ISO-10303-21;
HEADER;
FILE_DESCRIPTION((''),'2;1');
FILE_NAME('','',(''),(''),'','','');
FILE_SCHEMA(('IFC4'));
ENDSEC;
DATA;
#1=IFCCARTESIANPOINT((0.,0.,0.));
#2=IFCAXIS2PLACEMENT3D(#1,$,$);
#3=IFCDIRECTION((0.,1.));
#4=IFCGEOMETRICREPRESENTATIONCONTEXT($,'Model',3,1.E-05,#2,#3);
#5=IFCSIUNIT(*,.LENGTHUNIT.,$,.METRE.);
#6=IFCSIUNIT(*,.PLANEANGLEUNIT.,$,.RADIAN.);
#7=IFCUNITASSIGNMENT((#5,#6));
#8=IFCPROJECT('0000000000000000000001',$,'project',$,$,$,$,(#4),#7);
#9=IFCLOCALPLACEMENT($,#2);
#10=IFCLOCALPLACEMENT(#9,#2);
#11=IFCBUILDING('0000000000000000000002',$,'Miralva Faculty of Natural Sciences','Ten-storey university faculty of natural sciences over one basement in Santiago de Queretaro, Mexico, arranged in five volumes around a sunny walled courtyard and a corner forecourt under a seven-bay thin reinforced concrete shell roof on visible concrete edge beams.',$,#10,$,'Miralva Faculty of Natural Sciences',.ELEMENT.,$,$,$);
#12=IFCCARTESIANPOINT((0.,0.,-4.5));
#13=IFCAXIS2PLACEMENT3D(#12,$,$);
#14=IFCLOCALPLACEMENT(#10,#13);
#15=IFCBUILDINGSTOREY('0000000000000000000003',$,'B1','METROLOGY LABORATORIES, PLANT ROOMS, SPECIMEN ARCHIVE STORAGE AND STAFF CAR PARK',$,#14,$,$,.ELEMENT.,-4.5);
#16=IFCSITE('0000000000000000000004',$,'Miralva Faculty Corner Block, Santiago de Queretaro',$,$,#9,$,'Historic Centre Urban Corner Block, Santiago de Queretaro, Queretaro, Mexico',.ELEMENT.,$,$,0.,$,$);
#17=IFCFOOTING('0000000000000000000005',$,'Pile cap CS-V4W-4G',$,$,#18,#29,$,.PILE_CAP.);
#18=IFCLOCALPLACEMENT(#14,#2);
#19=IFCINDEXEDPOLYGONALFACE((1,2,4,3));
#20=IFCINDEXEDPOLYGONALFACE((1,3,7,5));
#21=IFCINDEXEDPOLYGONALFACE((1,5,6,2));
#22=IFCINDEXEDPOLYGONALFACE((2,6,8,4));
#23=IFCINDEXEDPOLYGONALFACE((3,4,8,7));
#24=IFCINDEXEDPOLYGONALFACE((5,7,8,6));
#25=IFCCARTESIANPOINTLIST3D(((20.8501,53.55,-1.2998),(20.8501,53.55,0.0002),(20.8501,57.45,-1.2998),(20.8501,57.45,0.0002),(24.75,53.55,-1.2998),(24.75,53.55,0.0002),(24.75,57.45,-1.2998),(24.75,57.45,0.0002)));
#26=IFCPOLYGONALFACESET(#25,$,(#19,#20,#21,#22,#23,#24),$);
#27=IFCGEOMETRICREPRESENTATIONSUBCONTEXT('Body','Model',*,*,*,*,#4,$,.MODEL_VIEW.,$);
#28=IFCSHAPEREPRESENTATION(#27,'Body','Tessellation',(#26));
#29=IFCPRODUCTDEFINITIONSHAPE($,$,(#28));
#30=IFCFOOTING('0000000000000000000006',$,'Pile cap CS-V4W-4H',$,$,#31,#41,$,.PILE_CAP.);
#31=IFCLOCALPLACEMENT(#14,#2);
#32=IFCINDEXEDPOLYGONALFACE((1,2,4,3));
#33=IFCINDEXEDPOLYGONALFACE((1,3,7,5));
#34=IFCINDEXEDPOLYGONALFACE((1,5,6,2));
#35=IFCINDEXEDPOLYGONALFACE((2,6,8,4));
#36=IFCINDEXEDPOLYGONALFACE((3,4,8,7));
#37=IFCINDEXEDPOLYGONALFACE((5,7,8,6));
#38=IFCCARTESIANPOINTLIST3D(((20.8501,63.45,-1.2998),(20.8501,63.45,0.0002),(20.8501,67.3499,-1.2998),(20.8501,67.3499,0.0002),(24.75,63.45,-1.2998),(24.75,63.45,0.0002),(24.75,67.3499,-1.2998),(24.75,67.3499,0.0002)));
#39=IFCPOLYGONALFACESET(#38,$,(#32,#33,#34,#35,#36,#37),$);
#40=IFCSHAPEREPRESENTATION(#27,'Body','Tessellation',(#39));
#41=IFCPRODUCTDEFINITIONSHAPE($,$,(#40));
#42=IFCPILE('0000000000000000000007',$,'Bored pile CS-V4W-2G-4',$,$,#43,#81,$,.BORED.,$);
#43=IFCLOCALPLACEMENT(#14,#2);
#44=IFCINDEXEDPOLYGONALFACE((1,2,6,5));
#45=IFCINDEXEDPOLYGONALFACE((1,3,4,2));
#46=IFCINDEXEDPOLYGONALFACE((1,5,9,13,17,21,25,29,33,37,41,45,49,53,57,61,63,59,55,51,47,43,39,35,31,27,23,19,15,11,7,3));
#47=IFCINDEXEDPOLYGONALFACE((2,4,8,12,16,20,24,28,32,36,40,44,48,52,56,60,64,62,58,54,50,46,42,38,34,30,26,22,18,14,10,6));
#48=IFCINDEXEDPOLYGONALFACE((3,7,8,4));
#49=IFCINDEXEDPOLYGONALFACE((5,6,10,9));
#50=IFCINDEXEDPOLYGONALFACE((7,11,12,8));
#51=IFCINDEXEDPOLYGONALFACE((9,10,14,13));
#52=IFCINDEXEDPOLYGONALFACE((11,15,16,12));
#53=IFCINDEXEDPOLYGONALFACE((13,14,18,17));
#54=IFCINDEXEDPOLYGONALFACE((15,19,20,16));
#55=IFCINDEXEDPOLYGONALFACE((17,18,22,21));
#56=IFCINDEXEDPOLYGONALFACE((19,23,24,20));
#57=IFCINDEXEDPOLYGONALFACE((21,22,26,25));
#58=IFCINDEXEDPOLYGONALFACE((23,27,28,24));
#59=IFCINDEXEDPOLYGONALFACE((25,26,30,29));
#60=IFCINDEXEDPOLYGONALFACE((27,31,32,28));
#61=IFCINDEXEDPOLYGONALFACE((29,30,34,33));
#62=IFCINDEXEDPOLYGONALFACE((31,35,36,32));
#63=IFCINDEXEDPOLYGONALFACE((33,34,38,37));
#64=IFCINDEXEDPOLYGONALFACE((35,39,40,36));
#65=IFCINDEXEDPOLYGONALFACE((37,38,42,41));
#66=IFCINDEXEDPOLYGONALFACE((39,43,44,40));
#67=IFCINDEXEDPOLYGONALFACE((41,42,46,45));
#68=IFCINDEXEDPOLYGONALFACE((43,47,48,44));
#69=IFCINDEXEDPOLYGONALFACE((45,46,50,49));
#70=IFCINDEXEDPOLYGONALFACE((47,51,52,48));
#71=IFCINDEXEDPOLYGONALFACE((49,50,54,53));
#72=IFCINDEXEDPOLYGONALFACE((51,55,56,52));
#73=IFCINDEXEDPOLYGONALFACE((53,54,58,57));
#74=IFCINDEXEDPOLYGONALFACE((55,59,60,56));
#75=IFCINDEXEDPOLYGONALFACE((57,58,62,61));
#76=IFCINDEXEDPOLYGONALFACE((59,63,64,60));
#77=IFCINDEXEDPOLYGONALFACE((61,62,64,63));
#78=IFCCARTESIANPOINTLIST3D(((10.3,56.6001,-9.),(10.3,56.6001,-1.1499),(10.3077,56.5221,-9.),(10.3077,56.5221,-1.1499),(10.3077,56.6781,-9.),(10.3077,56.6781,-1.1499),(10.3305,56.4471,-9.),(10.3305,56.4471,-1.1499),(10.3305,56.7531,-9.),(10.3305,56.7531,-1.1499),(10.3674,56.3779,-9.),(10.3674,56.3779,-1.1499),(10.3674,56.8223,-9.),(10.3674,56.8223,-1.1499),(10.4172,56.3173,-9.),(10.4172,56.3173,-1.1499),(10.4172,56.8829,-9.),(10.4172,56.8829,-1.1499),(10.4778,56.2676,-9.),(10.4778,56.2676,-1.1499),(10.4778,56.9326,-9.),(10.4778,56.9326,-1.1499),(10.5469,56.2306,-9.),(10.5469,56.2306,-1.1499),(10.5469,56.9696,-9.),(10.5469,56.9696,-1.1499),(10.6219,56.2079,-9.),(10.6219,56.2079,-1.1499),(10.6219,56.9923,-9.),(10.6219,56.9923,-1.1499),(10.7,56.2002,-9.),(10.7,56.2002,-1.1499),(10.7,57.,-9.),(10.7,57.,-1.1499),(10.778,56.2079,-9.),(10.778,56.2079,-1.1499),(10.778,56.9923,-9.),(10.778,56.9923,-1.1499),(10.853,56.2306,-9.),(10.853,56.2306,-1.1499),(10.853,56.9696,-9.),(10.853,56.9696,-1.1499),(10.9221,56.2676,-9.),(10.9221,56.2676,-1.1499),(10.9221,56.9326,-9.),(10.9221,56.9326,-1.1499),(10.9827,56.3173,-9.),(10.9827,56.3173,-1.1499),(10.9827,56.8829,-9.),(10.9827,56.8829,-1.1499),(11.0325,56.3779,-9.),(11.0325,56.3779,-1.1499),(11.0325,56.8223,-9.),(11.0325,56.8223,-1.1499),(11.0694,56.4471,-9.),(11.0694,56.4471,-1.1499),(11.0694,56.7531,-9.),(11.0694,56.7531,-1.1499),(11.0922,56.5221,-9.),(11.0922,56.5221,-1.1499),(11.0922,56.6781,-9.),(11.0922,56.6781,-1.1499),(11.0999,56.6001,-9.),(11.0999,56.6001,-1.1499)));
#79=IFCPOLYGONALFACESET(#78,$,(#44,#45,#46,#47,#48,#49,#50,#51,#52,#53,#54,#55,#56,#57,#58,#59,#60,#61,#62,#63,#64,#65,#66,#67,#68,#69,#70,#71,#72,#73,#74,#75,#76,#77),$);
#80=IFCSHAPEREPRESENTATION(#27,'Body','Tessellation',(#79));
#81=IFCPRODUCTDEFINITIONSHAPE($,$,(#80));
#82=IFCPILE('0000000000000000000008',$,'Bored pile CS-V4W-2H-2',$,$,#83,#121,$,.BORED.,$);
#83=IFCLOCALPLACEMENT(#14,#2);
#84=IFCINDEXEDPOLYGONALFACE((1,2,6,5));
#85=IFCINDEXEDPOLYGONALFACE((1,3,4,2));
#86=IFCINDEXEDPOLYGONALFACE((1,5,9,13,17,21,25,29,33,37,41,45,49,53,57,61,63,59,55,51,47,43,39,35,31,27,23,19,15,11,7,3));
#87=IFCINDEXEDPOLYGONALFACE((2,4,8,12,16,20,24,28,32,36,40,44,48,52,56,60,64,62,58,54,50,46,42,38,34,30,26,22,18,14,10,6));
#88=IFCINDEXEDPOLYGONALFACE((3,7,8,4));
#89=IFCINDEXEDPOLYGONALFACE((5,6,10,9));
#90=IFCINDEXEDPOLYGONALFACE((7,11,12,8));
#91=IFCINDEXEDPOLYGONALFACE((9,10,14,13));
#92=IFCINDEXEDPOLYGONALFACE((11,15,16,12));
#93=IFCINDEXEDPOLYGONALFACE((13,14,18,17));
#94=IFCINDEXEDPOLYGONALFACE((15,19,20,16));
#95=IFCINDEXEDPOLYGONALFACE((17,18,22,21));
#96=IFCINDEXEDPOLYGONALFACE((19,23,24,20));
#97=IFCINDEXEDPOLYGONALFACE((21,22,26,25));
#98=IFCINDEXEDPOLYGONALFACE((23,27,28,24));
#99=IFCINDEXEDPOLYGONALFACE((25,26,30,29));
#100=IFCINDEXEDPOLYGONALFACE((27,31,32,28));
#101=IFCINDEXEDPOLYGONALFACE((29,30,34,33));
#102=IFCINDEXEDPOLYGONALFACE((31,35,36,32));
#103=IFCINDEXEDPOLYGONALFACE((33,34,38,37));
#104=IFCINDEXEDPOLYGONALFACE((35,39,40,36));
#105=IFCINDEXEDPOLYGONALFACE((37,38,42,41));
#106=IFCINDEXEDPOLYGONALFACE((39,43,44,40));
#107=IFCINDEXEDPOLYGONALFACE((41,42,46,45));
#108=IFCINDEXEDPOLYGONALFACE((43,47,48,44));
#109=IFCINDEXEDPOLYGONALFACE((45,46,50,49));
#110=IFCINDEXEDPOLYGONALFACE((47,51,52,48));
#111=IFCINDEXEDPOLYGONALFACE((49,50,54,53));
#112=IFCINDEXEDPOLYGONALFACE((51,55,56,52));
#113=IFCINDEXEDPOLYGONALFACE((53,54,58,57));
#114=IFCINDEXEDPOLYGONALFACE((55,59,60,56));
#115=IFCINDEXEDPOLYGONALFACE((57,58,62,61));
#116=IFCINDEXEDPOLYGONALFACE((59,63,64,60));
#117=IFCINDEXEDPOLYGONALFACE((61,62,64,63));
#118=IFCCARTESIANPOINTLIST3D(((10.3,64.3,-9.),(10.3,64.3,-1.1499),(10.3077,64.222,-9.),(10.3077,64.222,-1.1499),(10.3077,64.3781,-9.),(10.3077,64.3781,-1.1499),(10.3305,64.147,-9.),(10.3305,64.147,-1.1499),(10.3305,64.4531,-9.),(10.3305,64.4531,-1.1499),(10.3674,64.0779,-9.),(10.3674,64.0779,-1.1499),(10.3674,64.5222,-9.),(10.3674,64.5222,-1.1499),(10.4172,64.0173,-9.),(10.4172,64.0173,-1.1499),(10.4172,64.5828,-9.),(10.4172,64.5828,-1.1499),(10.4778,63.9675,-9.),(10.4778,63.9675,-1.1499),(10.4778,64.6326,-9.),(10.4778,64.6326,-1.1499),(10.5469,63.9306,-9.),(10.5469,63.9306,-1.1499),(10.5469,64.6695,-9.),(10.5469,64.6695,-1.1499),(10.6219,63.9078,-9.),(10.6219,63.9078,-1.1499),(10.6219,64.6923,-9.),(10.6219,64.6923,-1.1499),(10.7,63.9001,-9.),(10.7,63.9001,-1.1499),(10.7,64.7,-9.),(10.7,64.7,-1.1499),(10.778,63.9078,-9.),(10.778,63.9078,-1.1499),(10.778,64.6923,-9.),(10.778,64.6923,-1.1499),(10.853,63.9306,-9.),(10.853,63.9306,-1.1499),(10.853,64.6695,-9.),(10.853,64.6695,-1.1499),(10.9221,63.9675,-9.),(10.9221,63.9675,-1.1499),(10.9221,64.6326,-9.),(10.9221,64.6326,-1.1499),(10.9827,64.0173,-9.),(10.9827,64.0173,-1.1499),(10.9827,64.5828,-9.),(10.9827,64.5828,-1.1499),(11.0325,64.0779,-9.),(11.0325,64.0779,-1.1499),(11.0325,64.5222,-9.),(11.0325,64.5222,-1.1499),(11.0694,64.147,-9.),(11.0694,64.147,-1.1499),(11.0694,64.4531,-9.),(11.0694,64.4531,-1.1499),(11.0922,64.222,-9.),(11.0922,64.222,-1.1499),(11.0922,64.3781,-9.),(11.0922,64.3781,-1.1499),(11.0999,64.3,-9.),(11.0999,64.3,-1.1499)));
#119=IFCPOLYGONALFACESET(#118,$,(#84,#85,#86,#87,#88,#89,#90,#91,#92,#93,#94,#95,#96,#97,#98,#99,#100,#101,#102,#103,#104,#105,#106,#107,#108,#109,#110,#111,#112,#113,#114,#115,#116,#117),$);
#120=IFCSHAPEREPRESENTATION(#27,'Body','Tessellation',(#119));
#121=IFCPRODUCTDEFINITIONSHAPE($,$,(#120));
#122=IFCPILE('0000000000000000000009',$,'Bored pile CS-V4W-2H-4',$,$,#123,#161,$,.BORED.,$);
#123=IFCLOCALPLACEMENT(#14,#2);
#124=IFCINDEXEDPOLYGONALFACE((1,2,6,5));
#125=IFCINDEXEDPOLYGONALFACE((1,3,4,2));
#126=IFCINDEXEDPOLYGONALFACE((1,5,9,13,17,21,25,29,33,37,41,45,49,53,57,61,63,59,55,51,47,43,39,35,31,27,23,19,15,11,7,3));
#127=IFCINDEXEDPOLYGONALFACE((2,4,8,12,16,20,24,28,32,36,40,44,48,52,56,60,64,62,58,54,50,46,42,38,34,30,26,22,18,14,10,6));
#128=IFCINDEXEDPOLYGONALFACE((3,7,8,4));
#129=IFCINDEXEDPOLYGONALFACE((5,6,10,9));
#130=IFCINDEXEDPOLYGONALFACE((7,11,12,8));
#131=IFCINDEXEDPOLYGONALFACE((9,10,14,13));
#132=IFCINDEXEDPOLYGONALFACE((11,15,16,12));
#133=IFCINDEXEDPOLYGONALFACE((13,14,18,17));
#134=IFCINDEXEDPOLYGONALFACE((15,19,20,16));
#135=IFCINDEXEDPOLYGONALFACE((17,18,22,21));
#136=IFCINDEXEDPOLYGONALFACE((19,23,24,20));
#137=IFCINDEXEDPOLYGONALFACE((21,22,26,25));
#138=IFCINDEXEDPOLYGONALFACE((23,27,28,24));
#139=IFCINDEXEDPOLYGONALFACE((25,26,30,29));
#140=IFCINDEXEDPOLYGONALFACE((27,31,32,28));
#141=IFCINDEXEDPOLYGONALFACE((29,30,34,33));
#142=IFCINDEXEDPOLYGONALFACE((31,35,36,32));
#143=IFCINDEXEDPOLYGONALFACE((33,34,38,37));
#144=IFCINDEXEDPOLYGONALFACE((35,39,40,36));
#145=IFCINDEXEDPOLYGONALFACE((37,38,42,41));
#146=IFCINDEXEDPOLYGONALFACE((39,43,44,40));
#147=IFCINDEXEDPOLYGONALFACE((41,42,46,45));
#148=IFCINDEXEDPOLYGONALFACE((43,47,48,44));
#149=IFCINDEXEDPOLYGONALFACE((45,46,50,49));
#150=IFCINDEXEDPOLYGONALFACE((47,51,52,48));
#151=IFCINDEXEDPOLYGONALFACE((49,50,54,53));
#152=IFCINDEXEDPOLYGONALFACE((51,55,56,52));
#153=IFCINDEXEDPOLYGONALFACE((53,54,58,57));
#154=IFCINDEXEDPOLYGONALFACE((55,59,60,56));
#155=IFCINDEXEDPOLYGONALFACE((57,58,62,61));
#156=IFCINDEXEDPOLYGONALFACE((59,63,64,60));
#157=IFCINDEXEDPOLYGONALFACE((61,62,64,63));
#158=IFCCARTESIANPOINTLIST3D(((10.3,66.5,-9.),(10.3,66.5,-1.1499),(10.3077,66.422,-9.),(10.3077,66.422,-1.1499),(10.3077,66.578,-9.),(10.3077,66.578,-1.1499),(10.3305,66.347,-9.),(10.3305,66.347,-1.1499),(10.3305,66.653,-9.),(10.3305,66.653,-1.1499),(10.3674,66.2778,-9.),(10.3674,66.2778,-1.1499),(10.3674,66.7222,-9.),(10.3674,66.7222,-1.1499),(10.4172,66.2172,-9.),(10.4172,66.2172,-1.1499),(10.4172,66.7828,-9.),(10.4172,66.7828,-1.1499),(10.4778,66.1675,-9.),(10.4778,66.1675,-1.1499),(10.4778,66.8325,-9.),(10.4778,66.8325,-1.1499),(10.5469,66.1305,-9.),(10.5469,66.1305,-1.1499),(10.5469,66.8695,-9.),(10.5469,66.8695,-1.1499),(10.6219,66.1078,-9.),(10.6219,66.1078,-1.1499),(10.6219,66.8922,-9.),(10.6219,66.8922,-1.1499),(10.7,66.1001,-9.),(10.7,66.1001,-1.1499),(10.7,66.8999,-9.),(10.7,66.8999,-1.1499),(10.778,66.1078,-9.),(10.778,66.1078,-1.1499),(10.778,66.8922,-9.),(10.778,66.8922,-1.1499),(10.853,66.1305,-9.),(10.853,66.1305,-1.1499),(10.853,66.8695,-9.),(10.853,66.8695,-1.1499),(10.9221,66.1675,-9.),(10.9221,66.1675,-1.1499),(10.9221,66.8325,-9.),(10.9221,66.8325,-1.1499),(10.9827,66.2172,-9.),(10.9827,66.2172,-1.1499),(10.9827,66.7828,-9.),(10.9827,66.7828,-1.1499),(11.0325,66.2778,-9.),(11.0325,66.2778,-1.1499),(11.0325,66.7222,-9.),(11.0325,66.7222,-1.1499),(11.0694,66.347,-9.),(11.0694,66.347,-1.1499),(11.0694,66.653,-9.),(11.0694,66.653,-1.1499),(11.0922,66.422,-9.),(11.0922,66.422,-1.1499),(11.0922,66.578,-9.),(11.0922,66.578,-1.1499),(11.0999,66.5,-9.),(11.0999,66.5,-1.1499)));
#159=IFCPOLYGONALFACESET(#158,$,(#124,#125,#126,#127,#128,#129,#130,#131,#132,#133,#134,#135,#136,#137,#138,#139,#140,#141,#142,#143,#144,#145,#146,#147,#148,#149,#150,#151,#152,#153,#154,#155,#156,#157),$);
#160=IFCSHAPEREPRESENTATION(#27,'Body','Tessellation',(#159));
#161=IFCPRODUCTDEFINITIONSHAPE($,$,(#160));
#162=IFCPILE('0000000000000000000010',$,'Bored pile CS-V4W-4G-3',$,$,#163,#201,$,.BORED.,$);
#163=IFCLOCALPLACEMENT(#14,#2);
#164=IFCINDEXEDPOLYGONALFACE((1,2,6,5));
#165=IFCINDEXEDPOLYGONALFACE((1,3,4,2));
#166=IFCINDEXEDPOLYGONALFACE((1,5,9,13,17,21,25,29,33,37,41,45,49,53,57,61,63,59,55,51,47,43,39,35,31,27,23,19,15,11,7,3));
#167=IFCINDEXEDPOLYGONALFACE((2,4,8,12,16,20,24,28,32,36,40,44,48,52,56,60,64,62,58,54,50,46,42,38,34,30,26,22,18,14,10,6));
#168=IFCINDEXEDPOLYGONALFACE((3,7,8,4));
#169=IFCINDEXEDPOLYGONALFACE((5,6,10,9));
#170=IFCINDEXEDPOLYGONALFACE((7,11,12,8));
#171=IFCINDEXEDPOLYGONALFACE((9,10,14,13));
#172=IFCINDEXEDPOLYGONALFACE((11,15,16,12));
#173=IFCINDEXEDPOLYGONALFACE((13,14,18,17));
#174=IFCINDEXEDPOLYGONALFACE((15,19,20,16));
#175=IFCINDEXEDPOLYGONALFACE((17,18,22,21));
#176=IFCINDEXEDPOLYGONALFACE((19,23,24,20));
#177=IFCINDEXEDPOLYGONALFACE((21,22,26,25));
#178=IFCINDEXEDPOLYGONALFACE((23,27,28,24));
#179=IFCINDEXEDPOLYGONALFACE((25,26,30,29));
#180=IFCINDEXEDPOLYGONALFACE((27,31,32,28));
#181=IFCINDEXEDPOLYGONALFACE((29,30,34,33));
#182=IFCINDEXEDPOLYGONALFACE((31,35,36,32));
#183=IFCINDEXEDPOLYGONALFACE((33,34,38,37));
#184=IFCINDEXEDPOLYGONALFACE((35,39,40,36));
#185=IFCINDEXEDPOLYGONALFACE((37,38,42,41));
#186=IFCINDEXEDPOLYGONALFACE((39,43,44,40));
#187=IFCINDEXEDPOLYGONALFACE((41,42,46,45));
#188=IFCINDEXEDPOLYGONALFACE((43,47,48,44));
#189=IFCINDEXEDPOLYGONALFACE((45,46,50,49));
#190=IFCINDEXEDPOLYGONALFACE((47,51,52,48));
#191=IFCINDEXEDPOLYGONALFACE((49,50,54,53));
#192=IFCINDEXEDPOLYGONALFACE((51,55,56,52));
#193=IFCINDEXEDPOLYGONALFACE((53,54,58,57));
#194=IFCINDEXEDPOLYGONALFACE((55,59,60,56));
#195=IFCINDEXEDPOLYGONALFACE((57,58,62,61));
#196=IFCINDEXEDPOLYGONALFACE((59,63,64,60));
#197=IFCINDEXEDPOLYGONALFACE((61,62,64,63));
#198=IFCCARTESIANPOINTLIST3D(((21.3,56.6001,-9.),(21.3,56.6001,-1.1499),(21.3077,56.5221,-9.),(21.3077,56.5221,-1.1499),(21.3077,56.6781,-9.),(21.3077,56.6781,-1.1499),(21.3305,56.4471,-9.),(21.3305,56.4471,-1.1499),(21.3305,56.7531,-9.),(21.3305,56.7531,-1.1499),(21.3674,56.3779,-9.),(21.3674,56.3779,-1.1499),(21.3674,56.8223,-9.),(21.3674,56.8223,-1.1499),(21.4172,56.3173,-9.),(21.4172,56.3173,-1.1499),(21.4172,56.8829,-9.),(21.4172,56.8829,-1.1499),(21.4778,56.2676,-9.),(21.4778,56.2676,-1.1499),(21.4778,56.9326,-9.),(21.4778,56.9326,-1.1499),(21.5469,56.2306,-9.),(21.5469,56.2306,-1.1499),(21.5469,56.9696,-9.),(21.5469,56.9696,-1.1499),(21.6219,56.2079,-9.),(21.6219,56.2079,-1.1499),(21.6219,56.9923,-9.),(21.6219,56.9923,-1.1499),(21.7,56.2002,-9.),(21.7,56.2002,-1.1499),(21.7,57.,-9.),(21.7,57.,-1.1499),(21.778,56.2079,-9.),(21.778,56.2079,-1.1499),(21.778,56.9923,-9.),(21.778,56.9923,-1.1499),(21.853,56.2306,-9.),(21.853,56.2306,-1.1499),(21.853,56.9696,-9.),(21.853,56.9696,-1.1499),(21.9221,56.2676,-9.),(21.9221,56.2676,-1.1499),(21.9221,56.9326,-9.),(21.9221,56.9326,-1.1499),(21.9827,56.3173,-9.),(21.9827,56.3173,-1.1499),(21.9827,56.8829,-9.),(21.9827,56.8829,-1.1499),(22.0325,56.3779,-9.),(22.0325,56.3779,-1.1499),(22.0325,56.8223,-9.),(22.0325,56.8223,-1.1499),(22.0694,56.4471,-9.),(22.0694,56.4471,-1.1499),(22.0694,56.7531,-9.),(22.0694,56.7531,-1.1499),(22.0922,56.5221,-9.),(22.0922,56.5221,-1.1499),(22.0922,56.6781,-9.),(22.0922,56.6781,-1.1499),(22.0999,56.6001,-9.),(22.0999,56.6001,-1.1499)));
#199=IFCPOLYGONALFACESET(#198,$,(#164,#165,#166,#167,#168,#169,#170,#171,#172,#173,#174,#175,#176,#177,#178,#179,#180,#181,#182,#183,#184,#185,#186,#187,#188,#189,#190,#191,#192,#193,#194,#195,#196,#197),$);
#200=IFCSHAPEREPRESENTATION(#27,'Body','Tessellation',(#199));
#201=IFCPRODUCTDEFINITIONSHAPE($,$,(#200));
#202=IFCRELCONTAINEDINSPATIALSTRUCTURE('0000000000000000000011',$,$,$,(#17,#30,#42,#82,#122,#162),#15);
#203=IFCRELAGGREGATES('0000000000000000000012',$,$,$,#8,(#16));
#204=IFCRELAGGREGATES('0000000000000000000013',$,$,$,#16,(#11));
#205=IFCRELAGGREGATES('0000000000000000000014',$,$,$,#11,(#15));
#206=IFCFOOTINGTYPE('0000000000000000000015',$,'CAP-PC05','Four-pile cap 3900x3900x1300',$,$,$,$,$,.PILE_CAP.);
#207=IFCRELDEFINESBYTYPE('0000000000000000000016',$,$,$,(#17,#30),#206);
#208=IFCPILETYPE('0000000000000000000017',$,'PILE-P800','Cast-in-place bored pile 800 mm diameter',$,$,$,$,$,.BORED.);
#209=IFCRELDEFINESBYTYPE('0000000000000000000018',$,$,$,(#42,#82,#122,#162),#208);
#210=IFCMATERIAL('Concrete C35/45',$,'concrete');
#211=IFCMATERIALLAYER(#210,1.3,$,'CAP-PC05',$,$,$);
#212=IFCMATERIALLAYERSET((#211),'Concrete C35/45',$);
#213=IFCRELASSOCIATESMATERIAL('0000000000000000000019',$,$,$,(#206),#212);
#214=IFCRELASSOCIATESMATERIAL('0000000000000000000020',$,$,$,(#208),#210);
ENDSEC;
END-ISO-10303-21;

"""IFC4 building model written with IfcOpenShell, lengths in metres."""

from ifc_helpers import new_model, si_unit, direction, frame, origin, origin_2d, place, context, subcontext, project, spatial, rectangle, circle, extrude, material, layer, layer_set, material_profile, profile_set, type_object, element, save


model = new_model("IFC4")

# Units and contexts
model_context = context("Model", 3, precision=1e-05, world=origin(), true_north=direction((0.0, 1.0)))
body_context = subcontext(model_context, "Body", "Model", "MODEL_VIEW")
ifc_project = project(units=[si_unit("LENGTHUNIT", "METRE"), si_unit("PLANEANGLEUNIT", "RADIAN")], contexts=[model_context])

# Site, building, storey
site_placement = place(None, origin())
site = spatial("IfcSite", under=ifc_project, at=site_placement, Name="Miralva Faculty Corner Block, Santiago de Queretaro", LongName="Historic Centre Urban Corner Block, Santiago de Queretaro, Queretaro, Mexico", CompositionType="ELEMENT", RefElevation=0.0)
building_placement = place(site_placement, origin())
building = spatial("IfcBuilding", under=site, at=building_placement, Name="Miralva Faculty of Natural Sciences", Description="Ten-storey university faculty of natural sciences over one basement in Santiago de Queretaro, Mexico, arranged in five volumes around a sunny walled courtyard and a corner forecourt under a seven-bay thin reinforced concrete shell roof on visible concrete edge beams.", LongName="Miralva Faculty of Natural Sciences", CompositionType="ELEMENT")
storey_placement = place(building_placement, frame((0.0, 0.0, -4.5)))
storey = spatial("IfcBuildingStorey", under=building, at=storey_placement, Name="B1", Description="METROLOGY LABORATORIES, PLANT ROOMS, SPECIMEN ARCHIVE STORAGE AND STAFF CAR PARK", CompositionType="ELEMENT", Elevation=-4.5)

# Footings
ifc_material_1 = material(Name="Concrete C35/45", Category="concrete")
ifc_layer_1 = layer(ifc_material_1, 1.3, Name="CAP-PC05")
ifc_layer_set_1 = layer_set([ifc_layer_1], Name="Concrete C35/45")
footing_type_1 = type_object("IfcFootingType", Name="CAP-PC05", Description="Four-pile cap 3900x3900x1300", PredefinedType="PILE_CAP", material=ifc_layer_set_1)
for number, where, z_axis, x_axis, name in (
    (1, (22.8, 55.5, -1.2998), (0.0, 0.0, 1.0), (1.0, 0.0, 0.0), "Pile cap CS-V4W-4G"),
    (2, (22.8, 65.3999, -1.2998), (0.0, 0.0, 1.0), (1.0, 0.0, 0.0), "Pile cap CS-V4W-4H"),
):
    element("IfcFooting", number, at=place(storey_placement, frame(where, z_axis=z_axis, x_axis=x_axis)), inside=storey, type_object=footing_type_1, Name=name, PredefinedType="PILE_CAP", context=body_context, shape_type="SweptSolid", body=[
        extrude(rectangle(XDim=3.8999, YDim=3.8999, at=origin_2d()), origin(), (0.0, 0.0, 1.0), 1.3),
    ])

# Piles
ifc_material_profile_1 = material_profile(ifc_material_1, circle(Radius=0.3999, at=origin_2d()), Name="BORED PILE 800")
ifc_profile_set_1 = profile_set([ifc_material_profile_1], Name="Concrete C35/45")
pile_type = type_object("IfcPileType", Name="PILE-P800", Description="Cast-in-place bored pile 800 mm diameter", PredefinedType="BORED", material=ifc_profile_set_1)
for number, where, z_axis, x_axis, name in (
    (3, (10.7, 56.6001, -1.1499), (0.0, 0.0, -1.0), (1.0, 0.0, 0.0), "Bored pile CS-V4W-2G-4"),
    (4, (10.7, 64.3, -1.1499), (0.0, 0.0, -1.0), (1.0, 0.0, 0.0), "Bored pile CS-V4W-2H-2"),
    (5, (10.7, 66.5, -1.1499), (0.0, 0.0, -1.0), (1.0, 0.0, 0.0), "Bored pile CS-V4W-2H-4"),
    (6, (21.7, 56.6001, -1.1499), (0.0, 0.0, -1.0), (1.0, 0.0, 0.0), "Bored pile CS-V4W-4G-3"),
):
    element("IfcPile", number, at=place(storey_placement, frame(where, z_axis=z_axis, x_axis=x_axis)), inside=storey, type_object=pile_type, Name=name, PredefinedType="BORED", context=body_context, shape_type="SweptSolid", body=[
        extrude(circle(Radius=0.3999, at=origin_2d()), origin(), (0.0, 0.0, 1.0), 7.8501),
    ])

save(model, "model.ifc")
